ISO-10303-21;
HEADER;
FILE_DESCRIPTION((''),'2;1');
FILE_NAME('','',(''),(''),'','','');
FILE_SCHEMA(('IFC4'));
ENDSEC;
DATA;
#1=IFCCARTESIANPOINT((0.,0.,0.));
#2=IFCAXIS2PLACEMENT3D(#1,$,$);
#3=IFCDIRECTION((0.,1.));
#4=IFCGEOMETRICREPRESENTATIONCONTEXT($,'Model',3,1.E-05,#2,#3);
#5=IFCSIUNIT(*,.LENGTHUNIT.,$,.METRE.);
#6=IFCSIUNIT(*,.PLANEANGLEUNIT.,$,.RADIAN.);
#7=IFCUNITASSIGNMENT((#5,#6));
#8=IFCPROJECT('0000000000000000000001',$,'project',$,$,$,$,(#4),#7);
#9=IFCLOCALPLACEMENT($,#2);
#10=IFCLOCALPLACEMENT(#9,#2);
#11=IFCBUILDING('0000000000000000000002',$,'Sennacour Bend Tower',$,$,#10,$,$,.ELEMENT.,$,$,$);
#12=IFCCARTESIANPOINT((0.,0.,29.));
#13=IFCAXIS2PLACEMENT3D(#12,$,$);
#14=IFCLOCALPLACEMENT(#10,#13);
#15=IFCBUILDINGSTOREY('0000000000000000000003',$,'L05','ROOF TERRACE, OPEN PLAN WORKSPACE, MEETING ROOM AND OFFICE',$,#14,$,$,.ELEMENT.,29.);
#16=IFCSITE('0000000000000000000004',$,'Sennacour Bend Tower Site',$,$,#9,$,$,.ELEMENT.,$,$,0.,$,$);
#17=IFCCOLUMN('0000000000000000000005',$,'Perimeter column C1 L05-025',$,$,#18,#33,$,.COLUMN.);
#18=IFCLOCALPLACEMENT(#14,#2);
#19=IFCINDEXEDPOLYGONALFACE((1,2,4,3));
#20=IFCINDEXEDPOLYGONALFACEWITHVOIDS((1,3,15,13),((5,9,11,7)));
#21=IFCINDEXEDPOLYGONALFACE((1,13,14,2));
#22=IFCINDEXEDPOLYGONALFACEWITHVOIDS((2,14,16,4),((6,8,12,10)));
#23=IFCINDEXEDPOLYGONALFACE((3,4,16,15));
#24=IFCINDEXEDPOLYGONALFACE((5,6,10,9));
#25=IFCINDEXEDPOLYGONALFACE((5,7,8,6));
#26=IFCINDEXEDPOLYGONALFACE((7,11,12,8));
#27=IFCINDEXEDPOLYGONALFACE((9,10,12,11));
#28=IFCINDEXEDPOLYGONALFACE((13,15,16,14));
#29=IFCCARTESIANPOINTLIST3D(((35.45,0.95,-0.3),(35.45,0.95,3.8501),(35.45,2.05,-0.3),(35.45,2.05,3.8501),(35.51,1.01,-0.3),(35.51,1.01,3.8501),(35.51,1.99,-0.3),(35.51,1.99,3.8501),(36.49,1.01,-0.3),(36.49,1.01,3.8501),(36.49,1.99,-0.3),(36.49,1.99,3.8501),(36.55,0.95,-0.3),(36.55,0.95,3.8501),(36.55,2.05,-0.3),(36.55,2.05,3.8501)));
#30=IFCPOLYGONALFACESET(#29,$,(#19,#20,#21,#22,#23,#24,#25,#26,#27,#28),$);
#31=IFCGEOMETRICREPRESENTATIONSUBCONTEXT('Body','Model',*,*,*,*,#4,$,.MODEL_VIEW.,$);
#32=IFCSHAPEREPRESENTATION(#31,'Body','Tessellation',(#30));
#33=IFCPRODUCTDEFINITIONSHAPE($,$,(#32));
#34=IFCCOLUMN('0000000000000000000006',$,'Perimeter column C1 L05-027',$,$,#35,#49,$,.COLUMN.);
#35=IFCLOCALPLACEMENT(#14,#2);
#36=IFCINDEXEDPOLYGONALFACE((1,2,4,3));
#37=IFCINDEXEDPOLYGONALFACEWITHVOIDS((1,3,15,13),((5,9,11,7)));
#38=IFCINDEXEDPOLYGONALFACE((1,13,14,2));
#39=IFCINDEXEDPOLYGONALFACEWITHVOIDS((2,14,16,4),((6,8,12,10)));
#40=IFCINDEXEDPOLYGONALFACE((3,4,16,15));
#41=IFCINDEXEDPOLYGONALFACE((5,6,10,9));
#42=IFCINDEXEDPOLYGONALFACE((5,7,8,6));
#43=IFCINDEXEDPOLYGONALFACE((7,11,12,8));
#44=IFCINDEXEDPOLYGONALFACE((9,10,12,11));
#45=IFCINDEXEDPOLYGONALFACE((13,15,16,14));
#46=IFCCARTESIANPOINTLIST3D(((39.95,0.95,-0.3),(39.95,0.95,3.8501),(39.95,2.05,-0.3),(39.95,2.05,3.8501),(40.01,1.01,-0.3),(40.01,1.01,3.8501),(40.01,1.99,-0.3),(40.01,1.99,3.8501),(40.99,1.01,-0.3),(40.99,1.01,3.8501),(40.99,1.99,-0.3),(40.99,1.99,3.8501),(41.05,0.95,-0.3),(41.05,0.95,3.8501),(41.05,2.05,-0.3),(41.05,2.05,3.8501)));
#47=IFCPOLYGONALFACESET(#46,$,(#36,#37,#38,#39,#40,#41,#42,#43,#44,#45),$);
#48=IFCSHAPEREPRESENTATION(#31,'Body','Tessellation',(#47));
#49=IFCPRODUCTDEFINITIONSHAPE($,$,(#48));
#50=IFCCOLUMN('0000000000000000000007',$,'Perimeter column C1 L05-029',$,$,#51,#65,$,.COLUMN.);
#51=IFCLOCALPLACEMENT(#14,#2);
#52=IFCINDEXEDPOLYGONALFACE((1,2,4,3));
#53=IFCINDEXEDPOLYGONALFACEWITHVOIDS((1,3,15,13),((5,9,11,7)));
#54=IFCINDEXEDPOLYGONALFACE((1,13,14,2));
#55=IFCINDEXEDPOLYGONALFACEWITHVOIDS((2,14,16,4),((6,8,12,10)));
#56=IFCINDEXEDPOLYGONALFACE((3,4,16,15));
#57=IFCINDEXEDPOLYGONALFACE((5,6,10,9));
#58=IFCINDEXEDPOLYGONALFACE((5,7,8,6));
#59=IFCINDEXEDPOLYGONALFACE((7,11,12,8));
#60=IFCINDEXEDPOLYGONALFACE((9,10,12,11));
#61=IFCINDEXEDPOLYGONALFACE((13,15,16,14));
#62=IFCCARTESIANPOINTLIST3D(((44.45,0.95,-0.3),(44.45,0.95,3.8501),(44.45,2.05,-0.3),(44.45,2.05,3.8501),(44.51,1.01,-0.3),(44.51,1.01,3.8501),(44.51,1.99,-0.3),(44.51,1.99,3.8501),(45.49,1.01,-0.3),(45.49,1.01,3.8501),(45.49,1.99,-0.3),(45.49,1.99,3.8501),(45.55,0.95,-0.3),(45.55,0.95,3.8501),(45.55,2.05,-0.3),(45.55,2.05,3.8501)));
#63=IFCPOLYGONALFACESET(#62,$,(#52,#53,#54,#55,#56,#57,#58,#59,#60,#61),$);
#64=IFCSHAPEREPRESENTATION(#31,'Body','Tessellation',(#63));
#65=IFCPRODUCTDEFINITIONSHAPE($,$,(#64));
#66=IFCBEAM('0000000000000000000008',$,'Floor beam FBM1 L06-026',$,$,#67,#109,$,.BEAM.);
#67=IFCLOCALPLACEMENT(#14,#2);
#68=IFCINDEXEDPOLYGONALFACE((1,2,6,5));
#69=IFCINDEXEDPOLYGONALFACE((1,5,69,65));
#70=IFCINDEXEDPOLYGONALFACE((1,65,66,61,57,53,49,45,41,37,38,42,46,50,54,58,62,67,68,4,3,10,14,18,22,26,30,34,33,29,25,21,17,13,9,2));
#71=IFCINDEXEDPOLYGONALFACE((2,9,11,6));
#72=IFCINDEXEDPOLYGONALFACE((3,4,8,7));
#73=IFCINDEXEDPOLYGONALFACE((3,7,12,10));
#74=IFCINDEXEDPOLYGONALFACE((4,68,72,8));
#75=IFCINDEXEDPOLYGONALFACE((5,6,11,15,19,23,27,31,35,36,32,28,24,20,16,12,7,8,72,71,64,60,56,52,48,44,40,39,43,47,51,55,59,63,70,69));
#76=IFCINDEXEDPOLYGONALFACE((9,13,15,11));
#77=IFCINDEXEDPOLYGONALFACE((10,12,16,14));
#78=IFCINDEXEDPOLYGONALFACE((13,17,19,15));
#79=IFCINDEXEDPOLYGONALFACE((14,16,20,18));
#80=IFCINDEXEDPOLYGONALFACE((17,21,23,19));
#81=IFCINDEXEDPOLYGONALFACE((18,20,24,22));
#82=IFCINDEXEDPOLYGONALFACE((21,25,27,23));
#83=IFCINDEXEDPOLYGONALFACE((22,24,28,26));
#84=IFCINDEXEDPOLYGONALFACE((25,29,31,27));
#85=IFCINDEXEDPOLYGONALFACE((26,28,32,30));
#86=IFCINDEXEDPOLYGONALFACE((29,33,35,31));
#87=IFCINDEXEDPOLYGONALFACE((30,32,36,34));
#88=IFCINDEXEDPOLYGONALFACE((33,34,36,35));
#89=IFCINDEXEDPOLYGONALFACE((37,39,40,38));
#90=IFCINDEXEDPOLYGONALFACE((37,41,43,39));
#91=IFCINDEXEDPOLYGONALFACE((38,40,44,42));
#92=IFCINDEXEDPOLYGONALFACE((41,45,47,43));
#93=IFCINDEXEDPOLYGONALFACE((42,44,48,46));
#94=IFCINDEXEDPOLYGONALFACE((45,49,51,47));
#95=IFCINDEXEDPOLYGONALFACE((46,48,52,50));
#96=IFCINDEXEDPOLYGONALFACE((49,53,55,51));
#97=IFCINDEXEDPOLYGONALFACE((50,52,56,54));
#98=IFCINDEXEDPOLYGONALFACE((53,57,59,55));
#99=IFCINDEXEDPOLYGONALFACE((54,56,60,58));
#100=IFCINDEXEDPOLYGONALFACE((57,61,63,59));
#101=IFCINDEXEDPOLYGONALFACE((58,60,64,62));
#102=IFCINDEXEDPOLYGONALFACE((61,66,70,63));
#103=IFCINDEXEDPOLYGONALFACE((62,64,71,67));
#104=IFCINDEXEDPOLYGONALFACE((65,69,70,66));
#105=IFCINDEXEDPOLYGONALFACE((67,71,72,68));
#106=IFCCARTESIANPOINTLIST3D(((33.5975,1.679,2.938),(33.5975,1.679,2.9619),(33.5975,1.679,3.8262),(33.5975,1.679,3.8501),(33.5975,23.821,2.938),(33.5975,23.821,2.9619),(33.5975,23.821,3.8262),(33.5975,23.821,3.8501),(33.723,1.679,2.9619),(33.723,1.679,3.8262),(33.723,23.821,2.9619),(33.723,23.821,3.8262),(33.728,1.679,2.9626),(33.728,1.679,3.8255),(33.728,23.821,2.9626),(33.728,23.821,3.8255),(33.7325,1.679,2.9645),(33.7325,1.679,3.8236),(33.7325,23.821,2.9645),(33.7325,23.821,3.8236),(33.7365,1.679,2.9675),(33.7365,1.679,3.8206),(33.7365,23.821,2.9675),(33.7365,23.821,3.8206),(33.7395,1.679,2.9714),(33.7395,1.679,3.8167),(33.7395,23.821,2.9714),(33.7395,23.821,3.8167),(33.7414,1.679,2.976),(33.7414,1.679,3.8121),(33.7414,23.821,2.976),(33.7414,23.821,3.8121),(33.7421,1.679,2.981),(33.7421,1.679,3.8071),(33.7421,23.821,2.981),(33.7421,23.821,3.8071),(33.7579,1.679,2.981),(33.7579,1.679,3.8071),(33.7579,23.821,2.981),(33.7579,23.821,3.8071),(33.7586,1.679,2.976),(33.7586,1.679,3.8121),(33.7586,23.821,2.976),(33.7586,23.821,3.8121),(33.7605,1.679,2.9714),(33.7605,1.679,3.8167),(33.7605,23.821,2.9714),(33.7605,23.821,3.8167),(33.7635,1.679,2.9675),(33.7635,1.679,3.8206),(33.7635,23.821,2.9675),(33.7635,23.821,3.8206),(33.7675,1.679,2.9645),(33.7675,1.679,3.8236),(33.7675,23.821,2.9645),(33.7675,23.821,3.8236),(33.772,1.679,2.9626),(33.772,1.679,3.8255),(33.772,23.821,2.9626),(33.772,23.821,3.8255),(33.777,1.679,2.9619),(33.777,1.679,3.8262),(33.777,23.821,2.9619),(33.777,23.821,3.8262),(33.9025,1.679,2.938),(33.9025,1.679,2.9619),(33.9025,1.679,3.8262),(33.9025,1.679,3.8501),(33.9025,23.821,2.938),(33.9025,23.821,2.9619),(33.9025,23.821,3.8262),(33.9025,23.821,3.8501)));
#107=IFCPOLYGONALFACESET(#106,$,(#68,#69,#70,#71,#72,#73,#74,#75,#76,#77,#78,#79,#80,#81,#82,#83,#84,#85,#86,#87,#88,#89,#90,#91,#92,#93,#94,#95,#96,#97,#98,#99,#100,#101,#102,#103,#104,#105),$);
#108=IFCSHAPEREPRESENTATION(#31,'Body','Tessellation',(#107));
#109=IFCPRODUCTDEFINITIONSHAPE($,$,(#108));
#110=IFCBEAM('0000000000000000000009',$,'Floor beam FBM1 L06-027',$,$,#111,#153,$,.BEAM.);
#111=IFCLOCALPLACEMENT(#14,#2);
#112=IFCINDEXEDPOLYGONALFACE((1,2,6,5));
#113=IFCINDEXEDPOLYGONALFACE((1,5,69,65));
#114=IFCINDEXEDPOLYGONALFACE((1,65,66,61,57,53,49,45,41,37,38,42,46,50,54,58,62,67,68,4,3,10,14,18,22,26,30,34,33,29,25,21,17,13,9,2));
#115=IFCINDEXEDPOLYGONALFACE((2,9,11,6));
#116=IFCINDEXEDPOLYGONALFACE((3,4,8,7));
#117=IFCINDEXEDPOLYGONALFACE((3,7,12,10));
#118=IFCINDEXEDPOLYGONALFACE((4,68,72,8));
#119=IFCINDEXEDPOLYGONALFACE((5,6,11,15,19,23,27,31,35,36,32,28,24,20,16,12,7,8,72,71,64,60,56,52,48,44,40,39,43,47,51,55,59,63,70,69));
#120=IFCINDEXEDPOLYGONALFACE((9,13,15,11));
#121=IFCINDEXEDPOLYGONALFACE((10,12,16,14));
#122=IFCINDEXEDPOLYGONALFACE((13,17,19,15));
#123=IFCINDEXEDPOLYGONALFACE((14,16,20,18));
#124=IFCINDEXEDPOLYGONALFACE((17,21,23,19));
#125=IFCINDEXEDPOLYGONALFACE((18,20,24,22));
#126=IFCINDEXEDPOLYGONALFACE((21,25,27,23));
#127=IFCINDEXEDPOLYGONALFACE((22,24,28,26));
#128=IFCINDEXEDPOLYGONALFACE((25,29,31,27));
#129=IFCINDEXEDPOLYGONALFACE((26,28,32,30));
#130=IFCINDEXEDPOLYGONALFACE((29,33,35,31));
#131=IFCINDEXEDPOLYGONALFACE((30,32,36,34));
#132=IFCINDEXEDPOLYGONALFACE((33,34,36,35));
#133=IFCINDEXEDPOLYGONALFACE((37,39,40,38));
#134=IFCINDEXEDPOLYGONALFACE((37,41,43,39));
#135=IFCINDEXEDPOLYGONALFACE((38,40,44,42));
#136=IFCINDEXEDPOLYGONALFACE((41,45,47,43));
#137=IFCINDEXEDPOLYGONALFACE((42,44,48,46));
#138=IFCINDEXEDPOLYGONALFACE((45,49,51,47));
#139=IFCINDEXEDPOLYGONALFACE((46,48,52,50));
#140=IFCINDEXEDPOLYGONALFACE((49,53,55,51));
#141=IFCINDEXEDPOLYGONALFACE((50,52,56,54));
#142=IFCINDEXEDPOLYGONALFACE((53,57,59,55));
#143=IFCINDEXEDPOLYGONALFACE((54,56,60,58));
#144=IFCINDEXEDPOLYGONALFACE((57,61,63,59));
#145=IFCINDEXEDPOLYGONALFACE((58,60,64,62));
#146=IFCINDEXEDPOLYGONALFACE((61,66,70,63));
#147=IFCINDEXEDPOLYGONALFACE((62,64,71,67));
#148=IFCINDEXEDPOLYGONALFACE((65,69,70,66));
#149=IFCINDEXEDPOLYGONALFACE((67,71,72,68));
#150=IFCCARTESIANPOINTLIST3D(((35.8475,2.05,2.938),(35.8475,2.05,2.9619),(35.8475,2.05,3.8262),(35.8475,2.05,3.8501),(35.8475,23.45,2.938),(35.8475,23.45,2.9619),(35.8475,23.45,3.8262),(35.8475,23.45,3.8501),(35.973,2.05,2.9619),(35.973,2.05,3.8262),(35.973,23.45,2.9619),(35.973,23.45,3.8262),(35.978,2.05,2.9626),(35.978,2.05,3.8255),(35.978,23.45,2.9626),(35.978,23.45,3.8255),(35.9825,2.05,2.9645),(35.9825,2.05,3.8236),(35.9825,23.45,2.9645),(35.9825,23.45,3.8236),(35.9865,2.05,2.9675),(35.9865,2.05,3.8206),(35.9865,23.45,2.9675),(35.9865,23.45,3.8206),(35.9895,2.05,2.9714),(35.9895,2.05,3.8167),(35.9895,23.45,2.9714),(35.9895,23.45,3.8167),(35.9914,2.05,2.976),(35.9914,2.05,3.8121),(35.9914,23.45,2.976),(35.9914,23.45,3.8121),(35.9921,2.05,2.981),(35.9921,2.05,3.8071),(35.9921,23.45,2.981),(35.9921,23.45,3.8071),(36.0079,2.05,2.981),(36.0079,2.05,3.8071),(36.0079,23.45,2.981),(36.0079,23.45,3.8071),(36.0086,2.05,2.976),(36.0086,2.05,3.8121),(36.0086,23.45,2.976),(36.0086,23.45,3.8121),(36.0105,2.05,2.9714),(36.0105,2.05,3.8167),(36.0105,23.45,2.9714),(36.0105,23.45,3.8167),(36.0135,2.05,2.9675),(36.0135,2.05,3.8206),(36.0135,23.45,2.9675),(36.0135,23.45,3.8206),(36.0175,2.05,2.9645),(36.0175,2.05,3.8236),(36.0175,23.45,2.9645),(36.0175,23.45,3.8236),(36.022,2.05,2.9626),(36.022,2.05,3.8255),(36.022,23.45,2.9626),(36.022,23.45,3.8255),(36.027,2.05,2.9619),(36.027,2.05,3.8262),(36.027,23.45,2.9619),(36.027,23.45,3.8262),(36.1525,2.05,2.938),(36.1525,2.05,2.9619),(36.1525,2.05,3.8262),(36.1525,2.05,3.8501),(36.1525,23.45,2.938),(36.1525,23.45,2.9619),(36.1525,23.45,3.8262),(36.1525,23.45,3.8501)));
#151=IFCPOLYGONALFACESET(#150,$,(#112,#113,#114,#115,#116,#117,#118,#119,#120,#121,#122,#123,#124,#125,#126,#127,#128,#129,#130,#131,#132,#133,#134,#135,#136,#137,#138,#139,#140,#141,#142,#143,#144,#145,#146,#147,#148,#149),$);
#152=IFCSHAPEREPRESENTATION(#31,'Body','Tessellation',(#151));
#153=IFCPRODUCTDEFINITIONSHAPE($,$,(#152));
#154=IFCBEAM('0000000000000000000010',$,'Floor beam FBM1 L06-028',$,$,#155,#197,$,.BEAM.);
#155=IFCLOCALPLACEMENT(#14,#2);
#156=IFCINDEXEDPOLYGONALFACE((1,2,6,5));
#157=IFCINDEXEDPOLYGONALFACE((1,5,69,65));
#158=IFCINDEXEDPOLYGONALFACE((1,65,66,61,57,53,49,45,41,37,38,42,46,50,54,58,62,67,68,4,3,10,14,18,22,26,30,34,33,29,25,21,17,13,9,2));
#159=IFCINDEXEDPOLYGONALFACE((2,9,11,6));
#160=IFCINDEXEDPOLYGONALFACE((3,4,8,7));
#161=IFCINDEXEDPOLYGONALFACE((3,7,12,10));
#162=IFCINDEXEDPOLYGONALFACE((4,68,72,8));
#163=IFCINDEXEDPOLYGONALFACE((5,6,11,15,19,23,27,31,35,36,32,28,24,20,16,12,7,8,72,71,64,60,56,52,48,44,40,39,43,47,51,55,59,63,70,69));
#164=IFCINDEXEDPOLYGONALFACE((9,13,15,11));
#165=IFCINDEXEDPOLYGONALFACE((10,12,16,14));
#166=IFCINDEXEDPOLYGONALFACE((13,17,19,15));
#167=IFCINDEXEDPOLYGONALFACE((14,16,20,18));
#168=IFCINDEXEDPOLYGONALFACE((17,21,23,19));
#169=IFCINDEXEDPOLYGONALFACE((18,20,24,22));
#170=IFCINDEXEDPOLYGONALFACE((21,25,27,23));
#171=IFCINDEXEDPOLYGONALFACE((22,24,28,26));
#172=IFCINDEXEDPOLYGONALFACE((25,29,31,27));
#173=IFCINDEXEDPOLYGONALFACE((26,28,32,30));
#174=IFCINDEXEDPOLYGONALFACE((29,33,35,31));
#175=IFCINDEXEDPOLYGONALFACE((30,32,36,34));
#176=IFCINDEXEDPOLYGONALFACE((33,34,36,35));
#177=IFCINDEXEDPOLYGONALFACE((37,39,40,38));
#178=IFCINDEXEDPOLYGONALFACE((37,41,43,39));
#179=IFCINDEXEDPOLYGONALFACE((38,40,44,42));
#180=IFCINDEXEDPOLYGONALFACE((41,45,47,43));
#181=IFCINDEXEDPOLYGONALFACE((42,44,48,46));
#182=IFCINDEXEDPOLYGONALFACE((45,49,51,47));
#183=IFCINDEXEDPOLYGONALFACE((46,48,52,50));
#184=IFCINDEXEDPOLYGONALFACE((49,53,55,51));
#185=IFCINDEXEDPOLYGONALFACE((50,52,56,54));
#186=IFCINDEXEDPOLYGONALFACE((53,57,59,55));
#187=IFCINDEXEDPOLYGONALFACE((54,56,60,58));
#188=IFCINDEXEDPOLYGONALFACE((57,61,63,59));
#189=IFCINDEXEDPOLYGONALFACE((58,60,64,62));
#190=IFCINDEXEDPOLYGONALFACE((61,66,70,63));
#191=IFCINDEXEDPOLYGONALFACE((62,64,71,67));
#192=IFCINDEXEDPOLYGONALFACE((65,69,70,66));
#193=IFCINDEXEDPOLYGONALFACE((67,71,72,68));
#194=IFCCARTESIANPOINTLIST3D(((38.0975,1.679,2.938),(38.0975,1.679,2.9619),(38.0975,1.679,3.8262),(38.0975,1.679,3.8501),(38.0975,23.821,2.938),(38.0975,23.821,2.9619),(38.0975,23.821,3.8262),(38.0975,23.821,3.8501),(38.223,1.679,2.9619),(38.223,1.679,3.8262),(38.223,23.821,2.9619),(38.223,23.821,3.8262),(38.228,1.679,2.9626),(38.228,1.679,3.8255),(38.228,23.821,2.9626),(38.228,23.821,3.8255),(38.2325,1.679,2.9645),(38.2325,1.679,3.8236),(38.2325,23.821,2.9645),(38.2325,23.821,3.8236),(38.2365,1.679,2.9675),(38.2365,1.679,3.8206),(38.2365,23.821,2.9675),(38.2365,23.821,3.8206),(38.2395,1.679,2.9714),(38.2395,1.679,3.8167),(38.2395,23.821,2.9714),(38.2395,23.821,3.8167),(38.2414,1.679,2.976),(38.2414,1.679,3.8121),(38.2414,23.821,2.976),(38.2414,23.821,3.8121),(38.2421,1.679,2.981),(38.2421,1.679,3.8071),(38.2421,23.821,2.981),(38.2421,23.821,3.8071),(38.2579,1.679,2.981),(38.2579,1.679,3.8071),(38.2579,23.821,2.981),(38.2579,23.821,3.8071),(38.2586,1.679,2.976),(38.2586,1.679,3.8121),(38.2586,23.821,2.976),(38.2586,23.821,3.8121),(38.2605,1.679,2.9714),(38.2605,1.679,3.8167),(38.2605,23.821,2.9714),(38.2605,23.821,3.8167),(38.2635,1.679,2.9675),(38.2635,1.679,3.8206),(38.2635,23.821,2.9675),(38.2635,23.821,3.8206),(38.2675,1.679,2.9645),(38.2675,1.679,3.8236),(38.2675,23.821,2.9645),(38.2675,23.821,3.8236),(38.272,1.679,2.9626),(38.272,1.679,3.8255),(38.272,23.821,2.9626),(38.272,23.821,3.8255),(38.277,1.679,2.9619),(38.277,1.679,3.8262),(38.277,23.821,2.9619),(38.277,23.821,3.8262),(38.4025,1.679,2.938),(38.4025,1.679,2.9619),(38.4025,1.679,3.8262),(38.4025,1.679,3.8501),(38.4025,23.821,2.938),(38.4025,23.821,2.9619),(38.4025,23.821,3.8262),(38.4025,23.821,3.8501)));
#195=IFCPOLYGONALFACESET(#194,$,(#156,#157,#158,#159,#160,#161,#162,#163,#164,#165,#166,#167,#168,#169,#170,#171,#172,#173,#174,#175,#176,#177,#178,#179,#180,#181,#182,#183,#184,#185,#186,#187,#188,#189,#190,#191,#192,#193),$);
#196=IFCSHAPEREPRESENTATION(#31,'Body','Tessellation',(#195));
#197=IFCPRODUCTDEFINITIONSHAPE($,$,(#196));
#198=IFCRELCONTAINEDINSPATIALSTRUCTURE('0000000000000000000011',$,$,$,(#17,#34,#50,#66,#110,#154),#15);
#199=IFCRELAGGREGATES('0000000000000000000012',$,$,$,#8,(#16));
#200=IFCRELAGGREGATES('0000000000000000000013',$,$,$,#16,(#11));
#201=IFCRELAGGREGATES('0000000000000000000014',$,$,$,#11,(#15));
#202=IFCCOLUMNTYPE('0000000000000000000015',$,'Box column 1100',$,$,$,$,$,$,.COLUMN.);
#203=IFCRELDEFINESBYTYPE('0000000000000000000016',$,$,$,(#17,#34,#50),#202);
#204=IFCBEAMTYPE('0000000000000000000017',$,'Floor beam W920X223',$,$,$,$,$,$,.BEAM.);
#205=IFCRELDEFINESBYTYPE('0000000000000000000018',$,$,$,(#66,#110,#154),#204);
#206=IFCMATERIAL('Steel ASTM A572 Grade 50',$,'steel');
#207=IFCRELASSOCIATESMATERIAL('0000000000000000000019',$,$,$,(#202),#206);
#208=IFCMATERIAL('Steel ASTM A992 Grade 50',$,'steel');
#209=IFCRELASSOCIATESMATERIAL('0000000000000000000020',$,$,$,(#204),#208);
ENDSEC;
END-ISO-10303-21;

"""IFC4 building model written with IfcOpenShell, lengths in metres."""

from ifc_helpers import new_model, si_unit, direction, frame, origin, origin_2d, place, context, subcontext, project, spatial, hollow_rectangle, i_section, extrude, material, material_profile, profile_set, type_object, element, save


model = new_model("IFC4")

# Units and contexts
model_context = context("Model", 3, precision=1e-05, world=origin(), true_north=direction((0.0, 1.0)))
body_context = subcontext(model_context, "Body", "Model", "MODEL_VIEW")
ifc_project = project(units=[si_unit("LENGTHUNIT", "METRE"), si_unit("PLANEANGLEUNIT", "RADIAN")], contexts=[model_context])

# Site, building, storey
site_placement = place(None, origin())
site = spatial("IfcSite", under=ifc_project, at=site_placement, Name="Sennacour Bend Tower Site", CompositionType="ELEMENT", RefElevation=0.0)
building_placement = place(site_placement, origin())
building = spatial("IfcBuilding", under=site, at=building_placement, Name="Sennacour Bend Tower", CompositionType="ELEMENT")
storey_placement = place(building_placement, frame((0.0, 0.0, 29.0)))
storey = spatial("IfcBuildingStorey", under=building, at=storey_placement, Name="L05", Description="ROOF TERRACE, OPEN PLAN WORKSPACE, MEETING ROOM AND OFFICE", CompositionType="ELEMENT", Elevation=29.0)

# Columns
ifc_material_1 = material(Name="Steel ASTM A572 Grade 50", Category="steel")
ifc_material_profile_1 = material_profile(ifc_material_1, hollow_rectangle(XDim=1.1001, YDim=1.1001, WallThickness=0.0601, at=origin_2d()), Name="Steel ASTM A572 Grade 50", Category="steel")
ifc_profile_set_1 = profile_set([ifc_material_profile_1], Name="Steel ASTM A572 Grade 50")
column_type = type_object("IfcColumnType", Name="Box column 1100", PredefinedType="COLUMN", material=ifc_profile_set_1)
for number, where, z_axis, x_axis, name in (
    (1, (36.0, 1.5, -0.3), (0.0, 0.0, 1.0), (1.0, 0.0, 0.0), "Perimeter column C1 L05-025"),
    (2, (40.5, 1.5, -0.3), (0.0, 0.0, 1.0), (1.0, 0.0, 0.0), "Perimeter column C1 L05-027"),
    (3, (45.0, 1.5, -0.3), (0.0, 0.0, 1.0), (1.0, 0.0, 0.0), "Perimeter column C1 L05-029"),
):
    element("IfcColumn", number, at=place(storey_placement, frame(where, z_axis=z_axis, x_axis=x_axis)), inside=storey, type_object=column_type, Name=name, PredefinedType="COLUMN", context=body_context, shape_type="SweptSolid", body=[
        extrude(hollow_rectangle(XDim=1.1001, YDim=1.1001, WallThickness=0.0601, at=origin_2d()), origin(), (0.0, 0.0, 1.0), 4.1501),
    ])

# Beams
ifc_material_2 = material(Name="Steel ASTM A992 Grade 50", Category="steel")
ifc_material_profile_2 = material_profile(ifc_material_2, i_section(OverallWidth=0.3049, OverallDepth=0.9121, WebThickness=0.0159, FlangeThickness=0.0239, FilletRadius=0.019, at=origin_2d()), Name="Steel ASTM A992 Grade 50", Category="steel")
ifc_profile_set_2 = profile_set([ifc_material_profile_2], Name="Steel ASTM A992 Grade 50")
beam_type_1 = type_object("IfcBeamType", Name="Floor beam W920X223", PredefinedType="BEAM", material=ifc_profile_set_2)
beam_1_placement = place(storey_placement, frame((33.75, 1.679, 3.394), z_axis=(0.0, 1.0, 0.0), x_axis=(-1.0, 0.0, 0.0)))
element("IfcBeam", 4, at=beam_1_placement, inside=storey, type_object=beam_type_1, Name="Floor beam FBM1 L06-026", PredefinedType="BEAM", context=body_context, shape_type="SweptSolid", body=[
    extrude(i_section(OverallWidth=0.3049, OverallDepth=0.9121, WebThickness=0.0159, FlangeThickness=0.0239, FilletRadius=0.019, at=origin_2d()), origin(), (0.0, 0.0, 1.0), 22.1421),
])
beam_2_placement = place(storey_placement, frame((36.0, 2.05, 3.394), z_axis=(0.0, 1.0, 0.0), x_axis=(-1.0, 0.0, 0.0)))
element("IfcBeam", 5, at=beam_2_placement, inside=storey, type_object=beam_type_1, Name="Floor beam FBM1 L06-027", PredefinedType="BEAM", context=body_context, shape_type="SweptSolid", body=[
    extrude(i_section(OverallWidth=0.3049, OverallDepth=0.9121, WebThickness=0.0159, FlangeThickness=0.0239, FilletRadius=0.019, at=origin_2d()), origin(), (0.0, 0.0, 1.0), 21.3999),
])
beam_3_placement = place(storey_placement, frame((38.25, 1.679, 3.394), z_axis=(0.0, 1.0, 0.0), x_axis=(-1.0, 0.0, 0.0)))
element("IfcBeam", 6, at=beam_3_placement, inside=storey, type_object=beam_type_1, Name="Floor beam FBM1 L06-028", PredefinedType="BEAM", context=body_context, shape_type="SweptSolid", body=[
    extrude(i_section(OverallWidth=0.3049, OverallDepth=0.9121, WebThickness=0.0159, FlangeThickness=0.0239, FilletRadius=0.019, at=origin_2d()), origin(), (0.0, 0.0, 1.0), 22.1421),
])

save(model, "model.ifc")
